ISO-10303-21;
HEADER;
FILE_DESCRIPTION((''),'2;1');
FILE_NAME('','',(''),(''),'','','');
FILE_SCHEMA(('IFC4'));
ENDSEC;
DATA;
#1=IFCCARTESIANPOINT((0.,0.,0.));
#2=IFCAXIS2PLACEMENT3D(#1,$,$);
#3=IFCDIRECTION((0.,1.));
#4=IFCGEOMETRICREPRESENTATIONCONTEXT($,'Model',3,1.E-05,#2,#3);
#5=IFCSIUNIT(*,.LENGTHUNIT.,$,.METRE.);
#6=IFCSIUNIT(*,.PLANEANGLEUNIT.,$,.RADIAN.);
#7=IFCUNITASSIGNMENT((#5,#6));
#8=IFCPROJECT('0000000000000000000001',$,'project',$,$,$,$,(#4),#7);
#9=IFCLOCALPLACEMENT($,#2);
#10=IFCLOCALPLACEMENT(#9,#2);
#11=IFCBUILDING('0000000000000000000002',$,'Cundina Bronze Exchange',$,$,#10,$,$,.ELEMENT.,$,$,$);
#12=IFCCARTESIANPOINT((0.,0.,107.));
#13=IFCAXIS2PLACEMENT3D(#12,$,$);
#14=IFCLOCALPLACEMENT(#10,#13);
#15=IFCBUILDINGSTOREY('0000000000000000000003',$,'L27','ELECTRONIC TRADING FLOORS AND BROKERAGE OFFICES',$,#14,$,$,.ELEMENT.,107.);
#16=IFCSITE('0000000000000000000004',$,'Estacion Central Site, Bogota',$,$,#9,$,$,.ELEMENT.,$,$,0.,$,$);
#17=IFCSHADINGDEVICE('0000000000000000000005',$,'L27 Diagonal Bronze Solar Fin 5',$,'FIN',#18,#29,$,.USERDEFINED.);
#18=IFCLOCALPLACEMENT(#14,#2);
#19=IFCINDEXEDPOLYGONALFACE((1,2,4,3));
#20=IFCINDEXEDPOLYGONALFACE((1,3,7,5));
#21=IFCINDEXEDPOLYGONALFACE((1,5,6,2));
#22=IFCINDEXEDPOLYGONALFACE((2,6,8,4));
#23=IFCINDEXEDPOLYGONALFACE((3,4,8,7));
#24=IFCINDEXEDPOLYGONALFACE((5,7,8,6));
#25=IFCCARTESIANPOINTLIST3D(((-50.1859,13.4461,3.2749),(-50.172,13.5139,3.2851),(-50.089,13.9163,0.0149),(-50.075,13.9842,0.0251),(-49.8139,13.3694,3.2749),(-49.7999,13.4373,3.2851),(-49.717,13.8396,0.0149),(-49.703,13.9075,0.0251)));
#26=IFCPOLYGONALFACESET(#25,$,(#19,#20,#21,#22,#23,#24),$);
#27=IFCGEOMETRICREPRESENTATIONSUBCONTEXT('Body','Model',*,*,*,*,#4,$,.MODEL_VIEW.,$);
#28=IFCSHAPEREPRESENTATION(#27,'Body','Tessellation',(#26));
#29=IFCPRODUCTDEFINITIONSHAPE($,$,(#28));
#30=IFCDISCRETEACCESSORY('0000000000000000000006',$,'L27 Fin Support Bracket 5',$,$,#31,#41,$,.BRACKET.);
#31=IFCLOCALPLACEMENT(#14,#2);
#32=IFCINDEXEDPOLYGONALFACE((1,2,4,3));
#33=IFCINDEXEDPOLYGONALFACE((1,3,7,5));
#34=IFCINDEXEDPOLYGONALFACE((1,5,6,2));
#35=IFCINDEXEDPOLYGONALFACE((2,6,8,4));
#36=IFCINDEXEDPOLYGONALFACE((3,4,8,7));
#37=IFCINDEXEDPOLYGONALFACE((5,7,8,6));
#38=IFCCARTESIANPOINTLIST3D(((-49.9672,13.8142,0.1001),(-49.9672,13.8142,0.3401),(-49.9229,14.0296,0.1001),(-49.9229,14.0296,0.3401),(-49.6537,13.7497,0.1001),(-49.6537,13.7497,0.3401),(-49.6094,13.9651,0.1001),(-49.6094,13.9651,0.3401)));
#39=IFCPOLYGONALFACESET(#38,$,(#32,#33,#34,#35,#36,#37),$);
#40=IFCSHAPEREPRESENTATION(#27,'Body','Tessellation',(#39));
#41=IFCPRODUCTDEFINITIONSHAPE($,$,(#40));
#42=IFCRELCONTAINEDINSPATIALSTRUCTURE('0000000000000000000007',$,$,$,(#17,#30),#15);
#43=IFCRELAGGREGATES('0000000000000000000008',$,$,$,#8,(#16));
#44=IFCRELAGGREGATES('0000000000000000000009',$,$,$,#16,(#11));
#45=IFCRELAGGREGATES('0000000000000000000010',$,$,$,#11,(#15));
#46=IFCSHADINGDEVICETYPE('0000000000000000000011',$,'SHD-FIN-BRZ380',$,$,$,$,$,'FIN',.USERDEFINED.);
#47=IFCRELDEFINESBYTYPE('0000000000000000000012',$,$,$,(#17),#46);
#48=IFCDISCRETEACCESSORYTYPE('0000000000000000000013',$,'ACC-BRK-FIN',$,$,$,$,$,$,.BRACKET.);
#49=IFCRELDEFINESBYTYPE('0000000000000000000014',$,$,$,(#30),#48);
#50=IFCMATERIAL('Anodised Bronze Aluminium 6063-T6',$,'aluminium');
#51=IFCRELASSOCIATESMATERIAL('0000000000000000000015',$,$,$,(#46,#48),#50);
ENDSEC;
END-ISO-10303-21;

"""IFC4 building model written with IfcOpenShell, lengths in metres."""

from ifc_helpers import new_model, si_unit, direction, frame, origin, origin_2d, place, context, subcontext, project, spatial, rectangle, extrude, material, material_profile, profile_set, type_object, element, save


model = new_model("IFC4")

# Units and contexts
model_context = context("Model", 3, precision=1e-05, world=origin(), true_north=direction((0.0, 1.0)))
body_context = subcontext(model_context, "Body", "Model", "MODEL_VIEW")
ifc_project = project(units=[si_unit("LENGTHUNIT", "METRE"), si_unit("PLANEANGLEUNIT", "RADIAN")], contexts=[model_context])

# Site, building, storey
site_placement = place(None, origin())
site = spatial("IfcSite", under=ifc_project, at=site_placement, Name="Estacion Central Site, Bogota", CompositionType="ELEMENT", RefElevation=0.0)
building_placement = place(site_placement, origin())
building = spatial("IfcBuilding", under=site, at=building_placement, Name="Cundina Bronze Exchange", CompositionType="ELEMENT")
storey_placement = place(building_placement, frame((0.0, 0.0, 107.0)))
storey = spatial("IfcBuildingStorey", under=building, at=storey_placement, Name="L27", Description="ELECTRONIC TRADING FLOORS AND BROKERAGE OFFICES", CompositionType="ELEMENT", Elevation=107.0)

# Shared definitions
ifc_material_1 = material(Name="Anodised Bronze Aluminium 6063-T6", Category="aluminium")

# Shading device
ifc_material_profile_1 = material_profile(ifc_material_1, rectangle(XDim=0.0701, YDim=0.3799, at=origin_2d()), Name="FIN70X380", Category="aluminium")
ifc_profile_set_1 = profile_set([ifc_material_profile_1], Name="Anodised Bronze Aluminium 6063-T6")
shading_device_type = type_object("IfcShadingDeviceType", Name="SHD-FIN-BRZ380", ElementType="FIN", PredefinedType="USERDEFINED", material=ifc_profile_set_1)
shading_device_placement = place(storey_placement, frame((-49.896, 13.9119, 0.02), z_axis=(-0.029414, -0.142698, 0.989329), x_axis=(0.199728, 0.968959, 0.145698)))
element("IfcShadingDevice", 1, at=shading_device_placement, inside=storey, type_object=shading_device_type, Name="L27 Diagonal Bronze Solar Fin 5", ObjectType="FIN", PredefinedType="USERDEFINED", context=body_context, shape_type="SweptSolid", body=[
    extrude(rectangle(XDim=0.0701, YDim=0.3799, at=origin_2d()), origin(), (0.0, 0.0, 1.0), 3.2952),
])

# Discrete accessory
discrete_accessory_type = type_object("IfcDiscreteAccessoryType", Name="ACC-BRK-FIN", PredefinedType="BRACKET", material=ifc_material_1)
discrete_accessory_placement = place(storey_placement, frame((-49.7883, 13.8896, 0.1001), z_axis=(0.0, 0.0, 1.0), x_axis=(-0.20142, -0.979505, 0.0)))
element("IfcDiscreteAccessory", 2, at=discrete_accessory_placement, inside=storey, type_object=discrete_accessory_type, Name="L27 Fin Support Bracket 5", PredefinedType="BRACKET", context=body_context, shape_type="SweptSolid", body=[
    extrude(rectangle(XDim=0.22, YDim=0.3201, at=origin_2d()), origin(), (0.0, 0.0, 1.0), 0.24),
])

save(model, "model.ifc")
